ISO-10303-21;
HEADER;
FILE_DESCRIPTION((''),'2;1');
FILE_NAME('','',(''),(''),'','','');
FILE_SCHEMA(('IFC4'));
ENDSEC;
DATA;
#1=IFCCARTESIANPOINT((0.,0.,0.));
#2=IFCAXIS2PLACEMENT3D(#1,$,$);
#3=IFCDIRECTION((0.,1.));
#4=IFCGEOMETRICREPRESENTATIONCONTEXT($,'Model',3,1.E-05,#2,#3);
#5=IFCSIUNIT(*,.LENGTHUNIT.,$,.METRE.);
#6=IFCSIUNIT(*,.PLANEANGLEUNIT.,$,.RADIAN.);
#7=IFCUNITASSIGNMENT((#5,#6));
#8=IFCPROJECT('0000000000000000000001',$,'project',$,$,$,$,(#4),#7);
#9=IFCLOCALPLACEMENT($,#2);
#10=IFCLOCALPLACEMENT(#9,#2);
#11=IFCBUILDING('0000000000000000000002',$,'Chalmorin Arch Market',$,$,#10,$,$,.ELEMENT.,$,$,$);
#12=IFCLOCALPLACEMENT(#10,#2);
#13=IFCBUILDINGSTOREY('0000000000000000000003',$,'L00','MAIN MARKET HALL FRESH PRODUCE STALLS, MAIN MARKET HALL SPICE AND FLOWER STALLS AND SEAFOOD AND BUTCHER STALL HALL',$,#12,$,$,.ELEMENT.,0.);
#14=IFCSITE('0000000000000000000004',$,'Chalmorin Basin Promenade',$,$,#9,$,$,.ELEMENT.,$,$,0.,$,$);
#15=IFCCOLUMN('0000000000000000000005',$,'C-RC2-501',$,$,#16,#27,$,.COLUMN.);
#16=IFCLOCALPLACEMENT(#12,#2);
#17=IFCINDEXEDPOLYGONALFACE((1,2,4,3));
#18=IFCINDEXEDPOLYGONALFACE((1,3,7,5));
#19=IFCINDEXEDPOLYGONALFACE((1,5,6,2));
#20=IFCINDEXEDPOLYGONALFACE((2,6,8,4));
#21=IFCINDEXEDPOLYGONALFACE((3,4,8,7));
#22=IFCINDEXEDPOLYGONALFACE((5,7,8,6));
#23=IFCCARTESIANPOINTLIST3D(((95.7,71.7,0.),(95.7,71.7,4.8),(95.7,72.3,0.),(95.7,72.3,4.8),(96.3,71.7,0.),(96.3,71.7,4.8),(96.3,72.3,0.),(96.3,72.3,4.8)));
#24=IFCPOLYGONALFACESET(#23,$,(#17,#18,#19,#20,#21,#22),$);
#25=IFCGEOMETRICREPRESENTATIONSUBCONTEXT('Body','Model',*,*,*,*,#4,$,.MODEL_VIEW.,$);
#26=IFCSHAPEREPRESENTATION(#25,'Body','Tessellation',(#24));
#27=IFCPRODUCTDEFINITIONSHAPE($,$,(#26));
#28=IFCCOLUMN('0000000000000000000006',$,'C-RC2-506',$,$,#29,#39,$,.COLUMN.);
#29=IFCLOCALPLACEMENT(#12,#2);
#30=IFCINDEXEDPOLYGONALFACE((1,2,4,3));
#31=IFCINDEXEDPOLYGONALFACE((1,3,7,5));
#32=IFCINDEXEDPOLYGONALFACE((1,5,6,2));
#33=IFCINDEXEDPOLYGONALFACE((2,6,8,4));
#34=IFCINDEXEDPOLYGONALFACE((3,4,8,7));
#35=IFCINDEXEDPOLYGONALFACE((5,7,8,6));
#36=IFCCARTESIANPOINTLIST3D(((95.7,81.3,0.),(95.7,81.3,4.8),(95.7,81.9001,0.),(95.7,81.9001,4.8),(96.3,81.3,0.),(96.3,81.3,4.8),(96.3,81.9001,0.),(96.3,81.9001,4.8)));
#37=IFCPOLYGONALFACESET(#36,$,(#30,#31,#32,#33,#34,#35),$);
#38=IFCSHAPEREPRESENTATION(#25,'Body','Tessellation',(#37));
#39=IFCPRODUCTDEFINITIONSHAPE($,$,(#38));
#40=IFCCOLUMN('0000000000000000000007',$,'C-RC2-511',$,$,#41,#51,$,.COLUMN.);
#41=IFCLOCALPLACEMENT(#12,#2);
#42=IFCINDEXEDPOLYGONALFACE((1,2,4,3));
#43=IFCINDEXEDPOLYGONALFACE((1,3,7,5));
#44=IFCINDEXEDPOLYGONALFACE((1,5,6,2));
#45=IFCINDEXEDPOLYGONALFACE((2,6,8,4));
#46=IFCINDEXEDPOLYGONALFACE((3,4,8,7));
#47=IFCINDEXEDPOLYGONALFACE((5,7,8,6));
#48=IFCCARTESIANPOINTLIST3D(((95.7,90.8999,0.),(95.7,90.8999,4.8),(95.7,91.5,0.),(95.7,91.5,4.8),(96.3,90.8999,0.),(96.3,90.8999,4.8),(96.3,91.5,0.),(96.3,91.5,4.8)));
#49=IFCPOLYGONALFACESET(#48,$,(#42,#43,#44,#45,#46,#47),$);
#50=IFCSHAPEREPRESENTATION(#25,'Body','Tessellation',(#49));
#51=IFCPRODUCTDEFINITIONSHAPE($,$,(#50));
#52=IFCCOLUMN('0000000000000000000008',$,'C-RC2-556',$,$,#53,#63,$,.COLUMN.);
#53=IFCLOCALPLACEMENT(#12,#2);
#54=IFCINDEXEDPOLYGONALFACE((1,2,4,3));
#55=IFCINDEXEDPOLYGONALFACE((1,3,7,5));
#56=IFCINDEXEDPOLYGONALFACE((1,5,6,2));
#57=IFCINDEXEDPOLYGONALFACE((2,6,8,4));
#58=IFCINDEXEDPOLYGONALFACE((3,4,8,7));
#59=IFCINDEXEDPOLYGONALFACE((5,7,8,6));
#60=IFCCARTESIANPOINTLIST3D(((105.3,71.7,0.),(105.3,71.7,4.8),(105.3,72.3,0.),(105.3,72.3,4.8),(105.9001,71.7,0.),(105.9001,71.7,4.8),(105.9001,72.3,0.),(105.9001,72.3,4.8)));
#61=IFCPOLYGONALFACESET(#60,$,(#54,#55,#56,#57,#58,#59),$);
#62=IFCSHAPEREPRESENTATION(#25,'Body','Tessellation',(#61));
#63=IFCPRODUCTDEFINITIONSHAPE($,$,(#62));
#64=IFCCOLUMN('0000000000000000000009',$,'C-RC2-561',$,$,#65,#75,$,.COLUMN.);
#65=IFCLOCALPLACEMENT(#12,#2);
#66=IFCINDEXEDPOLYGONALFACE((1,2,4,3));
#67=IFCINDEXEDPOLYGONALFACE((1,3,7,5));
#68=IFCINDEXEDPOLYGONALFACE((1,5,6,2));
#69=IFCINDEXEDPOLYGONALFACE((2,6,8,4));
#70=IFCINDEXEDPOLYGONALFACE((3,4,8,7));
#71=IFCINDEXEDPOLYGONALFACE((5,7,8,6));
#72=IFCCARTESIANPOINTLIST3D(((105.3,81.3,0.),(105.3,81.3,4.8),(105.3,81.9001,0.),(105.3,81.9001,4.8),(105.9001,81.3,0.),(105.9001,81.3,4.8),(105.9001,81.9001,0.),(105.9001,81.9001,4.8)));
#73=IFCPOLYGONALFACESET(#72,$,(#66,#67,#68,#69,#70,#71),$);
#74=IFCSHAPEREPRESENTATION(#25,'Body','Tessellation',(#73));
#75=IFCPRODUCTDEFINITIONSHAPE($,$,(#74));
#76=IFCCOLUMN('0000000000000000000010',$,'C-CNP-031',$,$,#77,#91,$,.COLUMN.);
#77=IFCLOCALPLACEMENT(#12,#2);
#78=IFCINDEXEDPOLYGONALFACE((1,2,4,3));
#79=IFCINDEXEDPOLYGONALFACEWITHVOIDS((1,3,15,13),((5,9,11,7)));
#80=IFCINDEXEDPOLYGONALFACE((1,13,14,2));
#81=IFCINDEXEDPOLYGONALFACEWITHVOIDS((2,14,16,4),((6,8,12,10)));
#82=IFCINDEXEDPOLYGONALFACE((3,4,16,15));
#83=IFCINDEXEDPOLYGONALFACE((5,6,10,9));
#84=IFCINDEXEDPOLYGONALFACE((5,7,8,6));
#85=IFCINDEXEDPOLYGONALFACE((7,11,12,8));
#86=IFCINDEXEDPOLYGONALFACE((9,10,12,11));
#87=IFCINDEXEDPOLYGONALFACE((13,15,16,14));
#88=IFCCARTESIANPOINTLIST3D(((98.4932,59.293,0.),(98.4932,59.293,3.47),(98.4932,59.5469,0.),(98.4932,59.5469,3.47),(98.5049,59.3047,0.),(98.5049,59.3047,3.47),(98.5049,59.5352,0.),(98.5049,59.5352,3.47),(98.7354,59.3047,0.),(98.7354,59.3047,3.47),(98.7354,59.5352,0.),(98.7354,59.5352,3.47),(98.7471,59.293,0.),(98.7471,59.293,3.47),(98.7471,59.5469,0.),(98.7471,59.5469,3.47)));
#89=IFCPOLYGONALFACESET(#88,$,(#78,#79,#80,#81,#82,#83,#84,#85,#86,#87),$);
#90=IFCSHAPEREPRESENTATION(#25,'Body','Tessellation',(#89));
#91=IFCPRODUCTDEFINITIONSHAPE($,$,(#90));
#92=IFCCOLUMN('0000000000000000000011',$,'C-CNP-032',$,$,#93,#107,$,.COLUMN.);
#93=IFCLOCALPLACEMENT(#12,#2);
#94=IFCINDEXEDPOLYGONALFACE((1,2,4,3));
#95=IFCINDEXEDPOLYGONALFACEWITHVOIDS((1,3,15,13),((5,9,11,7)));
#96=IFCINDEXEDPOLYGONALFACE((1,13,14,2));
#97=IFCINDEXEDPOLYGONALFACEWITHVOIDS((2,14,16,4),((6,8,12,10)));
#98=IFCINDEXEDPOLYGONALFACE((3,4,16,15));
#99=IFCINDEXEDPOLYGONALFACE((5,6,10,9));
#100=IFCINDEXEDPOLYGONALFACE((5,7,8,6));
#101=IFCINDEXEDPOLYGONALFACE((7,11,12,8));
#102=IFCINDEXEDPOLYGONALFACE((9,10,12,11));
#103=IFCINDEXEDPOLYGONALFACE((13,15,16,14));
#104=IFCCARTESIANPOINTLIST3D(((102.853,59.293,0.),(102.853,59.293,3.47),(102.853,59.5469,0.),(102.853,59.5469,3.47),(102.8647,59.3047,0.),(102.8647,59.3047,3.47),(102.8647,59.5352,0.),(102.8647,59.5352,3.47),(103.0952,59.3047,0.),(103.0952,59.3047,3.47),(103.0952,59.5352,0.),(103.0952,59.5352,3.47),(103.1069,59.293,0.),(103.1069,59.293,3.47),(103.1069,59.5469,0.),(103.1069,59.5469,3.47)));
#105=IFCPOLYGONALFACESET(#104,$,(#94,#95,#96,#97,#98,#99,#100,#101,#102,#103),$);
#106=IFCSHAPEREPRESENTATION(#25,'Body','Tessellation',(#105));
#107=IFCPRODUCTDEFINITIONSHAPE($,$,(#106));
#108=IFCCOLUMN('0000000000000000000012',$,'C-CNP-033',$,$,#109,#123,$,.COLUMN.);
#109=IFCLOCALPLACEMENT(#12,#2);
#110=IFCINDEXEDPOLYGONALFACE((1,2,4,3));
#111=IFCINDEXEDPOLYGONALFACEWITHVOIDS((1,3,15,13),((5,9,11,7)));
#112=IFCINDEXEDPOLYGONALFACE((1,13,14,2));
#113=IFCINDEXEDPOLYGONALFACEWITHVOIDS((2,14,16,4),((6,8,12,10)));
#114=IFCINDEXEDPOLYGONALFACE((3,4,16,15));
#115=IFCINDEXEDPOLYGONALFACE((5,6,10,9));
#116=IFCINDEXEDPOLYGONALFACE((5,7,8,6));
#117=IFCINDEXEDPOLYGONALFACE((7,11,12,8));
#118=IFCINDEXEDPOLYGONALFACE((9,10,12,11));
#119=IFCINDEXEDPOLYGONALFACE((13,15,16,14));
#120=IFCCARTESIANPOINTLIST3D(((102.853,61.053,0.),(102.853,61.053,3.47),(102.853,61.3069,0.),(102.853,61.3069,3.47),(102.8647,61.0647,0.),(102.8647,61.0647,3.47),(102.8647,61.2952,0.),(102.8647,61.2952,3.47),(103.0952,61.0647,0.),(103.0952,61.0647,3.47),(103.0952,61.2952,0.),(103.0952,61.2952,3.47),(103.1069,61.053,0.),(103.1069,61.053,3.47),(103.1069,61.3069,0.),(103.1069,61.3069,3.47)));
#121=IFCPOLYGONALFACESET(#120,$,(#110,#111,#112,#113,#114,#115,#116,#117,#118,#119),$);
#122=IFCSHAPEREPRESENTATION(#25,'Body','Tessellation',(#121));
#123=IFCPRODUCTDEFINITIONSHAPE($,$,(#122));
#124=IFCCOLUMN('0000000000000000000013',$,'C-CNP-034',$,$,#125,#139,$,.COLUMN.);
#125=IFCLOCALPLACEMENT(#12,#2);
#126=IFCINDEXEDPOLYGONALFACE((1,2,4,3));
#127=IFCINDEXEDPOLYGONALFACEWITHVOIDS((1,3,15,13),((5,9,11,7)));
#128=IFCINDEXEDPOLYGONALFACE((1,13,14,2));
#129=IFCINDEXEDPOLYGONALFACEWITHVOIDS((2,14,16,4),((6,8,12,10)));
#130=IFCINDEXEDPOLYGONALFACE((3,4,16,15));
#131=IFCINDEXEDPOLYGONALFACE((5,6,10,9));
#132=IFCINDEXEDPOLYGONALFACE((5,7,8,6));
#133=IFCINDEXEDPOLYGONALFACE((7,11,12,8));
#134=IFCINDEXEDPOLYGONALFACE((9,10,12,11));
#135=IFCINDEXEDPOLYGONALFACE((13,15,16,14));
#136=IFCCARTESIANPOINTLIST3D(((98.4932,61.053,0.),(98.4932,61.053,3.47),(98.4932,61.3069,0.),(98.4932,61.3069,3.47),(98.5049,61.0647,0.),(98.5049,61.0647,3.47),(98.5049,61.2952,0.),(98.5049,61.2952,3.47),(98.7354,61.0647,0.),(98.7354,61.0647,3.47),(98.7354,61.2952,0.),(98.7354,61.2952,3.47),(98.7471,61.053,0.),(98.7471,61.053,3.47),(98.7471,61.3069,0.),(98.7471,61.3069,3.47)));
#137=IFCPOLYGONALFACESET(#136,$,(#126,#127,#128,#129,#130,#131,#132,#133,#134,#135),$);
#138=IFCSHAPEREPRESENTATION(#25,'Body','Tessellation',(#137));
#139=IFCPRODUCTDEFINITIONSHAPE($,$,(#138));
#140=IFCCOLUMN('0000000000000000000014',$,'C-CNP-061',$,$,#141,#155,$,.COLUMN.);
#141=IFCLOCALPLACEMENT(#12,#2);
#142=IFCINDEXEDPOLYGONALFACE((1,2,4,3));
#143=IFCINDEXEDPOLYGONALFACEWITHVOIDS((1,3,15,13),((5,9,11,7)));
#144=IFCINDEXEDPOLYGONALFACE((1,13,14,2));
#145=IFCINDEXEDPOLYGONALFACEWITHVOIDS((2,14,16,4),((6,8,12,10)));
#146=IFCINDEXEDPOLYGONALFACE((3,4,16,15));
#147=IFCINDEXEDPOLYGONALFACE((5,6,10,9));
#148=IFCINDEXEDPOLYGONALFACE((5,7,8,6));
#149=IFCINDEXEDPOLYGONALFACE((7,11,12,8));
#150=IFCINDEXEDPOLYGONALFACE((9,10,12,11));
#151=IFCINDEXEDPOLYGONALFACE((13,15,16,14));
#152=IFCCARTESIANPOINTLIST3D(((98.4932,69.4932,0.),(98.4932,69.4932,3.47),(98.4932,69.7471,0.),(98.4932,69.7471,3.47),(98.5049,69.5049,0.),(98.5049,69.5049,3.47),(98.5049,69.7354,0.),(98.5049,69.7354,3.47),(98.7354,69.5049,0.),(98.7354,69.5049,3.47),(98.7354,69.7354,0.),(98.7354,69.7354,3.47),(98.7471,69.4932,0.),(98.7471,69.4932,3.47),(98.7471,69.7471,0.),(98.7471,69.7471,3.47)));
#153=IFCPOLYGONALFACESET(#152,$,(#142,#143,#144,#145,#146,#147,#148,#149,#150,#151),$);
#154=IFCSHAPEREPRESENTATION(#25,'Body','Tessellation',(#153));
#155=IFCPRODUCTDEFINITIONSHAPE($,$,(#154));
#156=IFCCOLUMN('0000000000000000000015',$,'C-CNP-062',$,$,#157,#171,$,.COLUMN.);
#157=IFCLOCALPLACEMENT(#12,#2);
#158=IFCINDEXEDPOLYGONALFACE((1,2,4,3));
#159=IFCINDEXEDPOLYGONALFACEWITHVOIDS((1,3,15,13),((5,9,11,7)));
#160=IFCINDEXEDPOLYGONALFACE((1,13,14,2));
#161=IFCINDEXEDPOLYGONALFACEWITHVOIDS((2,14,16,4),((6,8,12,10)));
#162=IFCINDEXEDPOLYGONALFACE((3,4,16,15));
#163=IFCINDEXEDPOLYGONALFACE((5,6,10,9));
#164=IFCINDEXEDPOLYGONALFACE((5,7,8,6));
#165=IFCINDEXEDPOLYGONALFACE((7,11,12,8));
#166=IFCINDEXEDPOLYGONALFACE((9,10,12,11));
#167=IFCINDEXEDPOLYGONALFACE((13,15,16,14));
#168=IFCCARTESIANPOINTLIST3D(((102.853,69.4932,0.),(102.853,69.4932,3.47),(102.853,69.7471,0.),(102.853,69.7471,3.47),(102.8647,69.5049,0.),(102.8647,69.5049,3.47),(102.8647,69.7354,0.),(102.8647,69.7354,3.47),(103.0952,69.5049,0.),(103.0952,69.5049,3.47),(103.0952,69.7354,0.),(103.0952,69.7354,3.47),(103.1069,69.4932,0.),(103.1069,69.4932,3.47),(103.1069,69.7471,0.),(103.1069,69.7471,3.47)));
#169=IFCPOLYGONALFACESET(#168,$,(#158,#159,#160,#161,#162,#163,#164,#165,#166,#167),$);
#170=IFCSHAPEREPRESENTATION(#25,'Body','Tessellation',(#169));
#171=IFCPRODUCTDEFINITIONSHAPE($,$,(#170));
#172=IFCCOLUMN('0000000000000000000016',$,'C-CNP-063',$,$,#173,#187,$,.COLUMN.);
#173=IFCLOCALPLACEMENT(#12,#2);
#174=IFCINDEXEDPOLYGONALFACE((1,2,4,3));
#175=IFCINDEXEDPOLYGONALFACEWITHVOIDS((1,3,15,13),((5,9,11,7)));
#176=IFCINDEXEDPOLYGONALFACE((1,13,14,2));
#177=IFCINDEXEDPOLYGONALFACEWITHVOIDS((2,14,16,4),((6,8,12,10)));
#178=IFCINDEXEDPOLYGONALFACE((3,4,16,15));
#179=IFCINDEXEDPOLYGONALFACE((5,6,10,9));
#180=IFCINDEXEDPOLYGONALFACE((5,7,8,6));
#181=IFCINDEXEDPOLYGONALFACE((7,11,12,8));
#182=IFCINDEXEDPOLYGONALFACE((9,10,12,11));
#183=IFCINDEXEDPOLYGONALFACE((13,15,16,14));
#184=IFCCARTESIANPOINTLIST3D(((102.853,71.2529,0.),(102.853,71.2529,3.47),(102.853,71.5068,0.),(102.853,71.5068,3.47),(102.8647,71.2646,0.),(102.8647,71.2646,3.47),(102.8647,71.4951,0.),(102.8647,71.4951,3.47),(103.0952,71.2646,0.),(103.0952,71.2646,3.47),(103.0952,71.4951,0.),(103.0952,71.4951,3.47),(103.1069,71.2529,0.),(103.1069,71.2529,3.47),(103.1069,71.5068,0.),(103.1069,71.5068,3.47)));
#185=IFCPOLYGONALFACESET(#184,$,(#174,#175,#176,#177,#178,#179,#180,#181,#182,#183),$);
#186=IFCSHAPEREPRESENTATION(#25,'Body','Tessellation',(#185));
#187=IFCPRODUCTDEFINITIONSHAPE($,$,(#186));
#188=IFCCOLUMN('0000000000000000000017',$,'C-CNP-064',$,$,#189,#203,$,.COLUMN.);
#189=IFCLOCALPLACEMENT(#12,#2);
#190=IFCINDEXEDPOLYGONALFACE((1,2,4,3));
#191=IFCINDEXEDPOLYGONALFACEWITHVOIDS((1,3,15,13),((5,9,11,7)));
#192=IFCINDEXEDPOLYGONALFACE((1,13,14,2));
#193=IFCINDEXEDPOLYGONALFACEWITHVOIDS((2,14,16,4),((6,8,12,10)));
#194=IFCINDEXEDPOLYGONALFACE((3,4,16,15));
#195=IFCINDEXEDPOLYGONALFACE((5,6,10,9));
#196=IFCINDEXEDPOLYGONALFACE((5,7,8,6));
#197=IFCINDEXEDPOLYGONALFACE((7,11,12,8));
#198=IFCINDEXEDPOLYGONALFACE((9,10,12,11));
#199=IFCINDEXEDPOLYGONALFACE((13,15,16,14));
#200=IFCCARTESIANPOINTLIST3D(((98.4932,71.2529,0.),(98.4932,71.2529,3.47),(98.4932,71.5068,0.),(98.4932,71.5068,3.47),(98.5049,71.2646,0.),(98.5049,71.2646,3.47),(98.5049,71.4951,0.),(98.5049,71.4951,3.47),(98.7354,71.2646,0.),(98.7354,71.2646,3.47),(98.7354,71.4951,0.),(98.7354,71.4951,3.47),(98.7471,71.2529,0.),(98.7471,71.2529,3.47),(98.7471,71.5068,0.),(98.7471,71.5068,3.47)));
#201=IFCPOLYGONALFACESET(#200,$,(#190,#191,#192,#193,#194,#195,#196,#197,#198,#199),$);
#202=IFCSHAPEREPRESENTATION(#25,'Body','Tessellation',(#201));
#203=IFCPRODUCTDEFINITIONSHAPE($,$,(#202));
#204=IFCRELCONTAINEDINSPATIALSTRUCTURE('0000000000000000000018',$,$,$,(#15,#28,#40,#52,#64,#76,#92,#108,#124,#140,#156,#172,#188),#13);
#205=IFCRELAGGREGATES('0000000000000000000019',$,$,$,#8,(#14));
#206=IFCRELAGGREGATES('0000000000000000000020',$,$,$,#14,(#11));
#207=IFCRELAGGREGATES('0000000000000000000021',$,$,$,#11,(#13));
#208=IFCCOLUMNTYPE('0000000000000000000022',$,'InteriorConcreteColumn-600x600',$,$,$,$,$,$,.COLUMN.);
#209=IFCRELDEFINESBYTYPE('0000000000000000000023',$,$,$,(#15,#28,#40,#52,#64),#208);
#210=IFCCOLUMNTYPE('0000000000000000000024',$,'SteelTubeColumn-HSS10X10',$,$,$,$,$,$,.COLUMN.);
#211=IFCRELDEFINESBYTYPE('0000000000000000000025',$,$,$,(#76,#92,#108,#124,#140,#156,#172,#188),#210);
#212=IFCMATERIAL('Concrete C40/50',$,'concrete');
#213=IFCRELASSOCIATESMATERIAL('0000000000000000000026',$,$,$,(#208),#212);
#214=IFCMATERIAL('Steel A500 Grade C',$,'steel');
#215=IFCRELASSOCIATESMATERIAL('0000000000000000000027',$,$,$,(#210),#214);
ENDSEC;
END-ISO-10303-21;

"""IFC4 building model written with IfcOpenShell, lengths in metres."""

from ifc_helpers import new_model, si_unit, direction, frame, origin, origin_2d, place, context, subcontext, project, spatial, rectangle, hollow_rectangle, extrude, material, material_profile, profile_set, type_object, element, save


model = new_model("IFC4")

# Units and contexts
model_context = context("Model", 3, precision=1e-05, world=origin(), true_north=direction((0.0, 1.0)))
body_context = subcontext(model_context, "Body", "Model", "MODEL_VIEW")
ifc_project = project(units=[si_unit("LENGTHUNIT", "METRE"), si_unit("PLANEANGLEUNIT", "RADIAN")], contexts=[model_context])

# Site, building, storey
site_placement = place(None, origin())
site = spatial("IfcSite", under=ifc_project, at=site_placement, Name="Chalmorin Basin Promenade", CompositionType="ELEMENT", RefElevation=0.0)
building_placement = place(site_placement, origin())
building = spatial("IfcBuilding", under=site, at=building_placement, Name="Chalmorin Arch Market", CompositionType="ELEMENT")
storey_placement = place(building_placement, origin())
storey = spatial("IfcBuildingStorey", under=building, at=storey_placement, Name="L00", Description="MAIN MARKET HALL FRESH PRODUCE STALLS, MAIN MARKET HALL SPICE AND FLOWER STALLS AND SEAFOOD AND BUTCHER STALL HALL", CompositionType="ELEMENT", Elevation=0.0)

# Columns
ifc_material_1 = material(Name="Concrete C40/50", Category="concrete")
ifc_material_profile_1 = material_profile(ifc_material_1, rectangle(XDim=0.6001, YDim=0.6001, at=origin_2d()), Name="RC600X600")
ifc_profile_set_1 = profile_set([ifc_material_profile_1], Name="Concrete C40/50")
column_type_1 = type_object("IfcColumnType", Name="InteriorConcreteColumn-600x600", PredefinedType="COLUMN", material=ifc_profile_set_1)
for number, where, z_axis, x_axis, name in (
    (1, (96.0, 72.0, 0.0), (0.0, 0.0, 1.0), (1.0, 0.0, 0.0), "C-RC2-501"),
    (2, (96.0, 81.6001, 0.0), (0.0, 0.0, 1.0), (1.0, 0.0, 0.0), "C-RC2-506"),
    (3, (96.0, 91.2, 0.0), (0.0, 0.0, 1.0), (1.0, 0.0, 0.0), "C-RC2-511"),
    (4, (105.6001, 72.0, 0.0), (0.0, 0.0, 1.0), (1.0, 0.0, 0.0), "C-RC2-556"),
    (5, (105.6001, 81.6001, 0.0), (0.0, 0.0, 1.0), (1.0, 0.0, 0.0), "C-RC2-561"),
):
    element("IfcColumn", number, at=place(storey_placement, frame(where, z_axis=z_axis, x_axis=x_axis)), inside=storey, type_object=column_type_1, Name=name, PredefinedType="COLUMN", context=body_context, shape_type="SweptSolid", body=[
        extrude(rectangle(XDim=0.6001, YDim=0.6001, at=origin_2d()), origin(), (0.0, 0.0, 1.0), 4.8),
    ])
ifc_material_2 = material(Name="Steel A500 Grade C", Category="steel")
ifc_material_profile_2 = material_profile(ifc_material_2, hollow_rectangle(XDim=0.2539, YDim=0.2539, WallThickness=0.0117, at=origin_2d()), Name="HSS10X10X1/2")
ifc_profile_set_2 = profile_set([ifc_material_profile_2], Name="Steel A500 Grade C")
column_type_2 = type_object("IfcColumnType", Name="SteelTubeColumn-HSS10X10", PredefinedType="COLUMN", material=ifc_profile_set_2)
for number, where, z_axis, x_axis, name in (
    (6, (98.6201, 59.4199, 0.0), (0.0, 0.0, 1.0), (1.0, 0.0, 0.0), "C-CNP-031"),
    (7, (102.98, 59.4199, 0.0), (0.0, 0.0, 1.0), (1.0, 0.0, 0.0), "C-CNP-032"),
    (8, (102.98, 61.1799, 0.0), (0.0, 0.0, 1.0), (1.0, 0.0, 0.0), "C-CNP-033"),
    (9, (98.6201, 61.1799, 0.0), (0.0, 0.0, 1.0), (1.0, 0.0, 0.0), "C-CNP-034"),
    (10, (98.6201, 69.6201, 0.0), (0.0, 0.0, 1.0), (1.0, 0.0, 0.0), "C-CNP-061"),
    (11, (102.98, 69.6201, 0.0), (0.0, 0.0, 1.0), (1.0, 0.0, 0.0), "C-CNP-062"),
    (12, (102.98, 71.3799, 0.0), (0.0, 0.0, 1.0), (1.0, 0.0, 0.0), "C-CNP-063"),
    (13, (98.6201, 71.3799, 0.0), (0.0, 0.0, 1.0), (1.0, 0.0, 0.0), "C-CNP-064"),
):
    element("IfcColumn", number, at=place(storey_placement, frame(where, z_axis=z_axis, x_axis=x_axis)), inside=storey, type_object=column_type_2, Name=name, PredefinedType="COLUMN", context=body_context, shape_type="SweptSolid", body=[
        extrude(hollow_rectangle(XDim=0.2539, YDim=0.2539, WallThickness=0.0117, at=origin_2d()), origin(), (0.0, 0.0, 1.0), 3.47),
    ])

save(model, "model.ifc")
